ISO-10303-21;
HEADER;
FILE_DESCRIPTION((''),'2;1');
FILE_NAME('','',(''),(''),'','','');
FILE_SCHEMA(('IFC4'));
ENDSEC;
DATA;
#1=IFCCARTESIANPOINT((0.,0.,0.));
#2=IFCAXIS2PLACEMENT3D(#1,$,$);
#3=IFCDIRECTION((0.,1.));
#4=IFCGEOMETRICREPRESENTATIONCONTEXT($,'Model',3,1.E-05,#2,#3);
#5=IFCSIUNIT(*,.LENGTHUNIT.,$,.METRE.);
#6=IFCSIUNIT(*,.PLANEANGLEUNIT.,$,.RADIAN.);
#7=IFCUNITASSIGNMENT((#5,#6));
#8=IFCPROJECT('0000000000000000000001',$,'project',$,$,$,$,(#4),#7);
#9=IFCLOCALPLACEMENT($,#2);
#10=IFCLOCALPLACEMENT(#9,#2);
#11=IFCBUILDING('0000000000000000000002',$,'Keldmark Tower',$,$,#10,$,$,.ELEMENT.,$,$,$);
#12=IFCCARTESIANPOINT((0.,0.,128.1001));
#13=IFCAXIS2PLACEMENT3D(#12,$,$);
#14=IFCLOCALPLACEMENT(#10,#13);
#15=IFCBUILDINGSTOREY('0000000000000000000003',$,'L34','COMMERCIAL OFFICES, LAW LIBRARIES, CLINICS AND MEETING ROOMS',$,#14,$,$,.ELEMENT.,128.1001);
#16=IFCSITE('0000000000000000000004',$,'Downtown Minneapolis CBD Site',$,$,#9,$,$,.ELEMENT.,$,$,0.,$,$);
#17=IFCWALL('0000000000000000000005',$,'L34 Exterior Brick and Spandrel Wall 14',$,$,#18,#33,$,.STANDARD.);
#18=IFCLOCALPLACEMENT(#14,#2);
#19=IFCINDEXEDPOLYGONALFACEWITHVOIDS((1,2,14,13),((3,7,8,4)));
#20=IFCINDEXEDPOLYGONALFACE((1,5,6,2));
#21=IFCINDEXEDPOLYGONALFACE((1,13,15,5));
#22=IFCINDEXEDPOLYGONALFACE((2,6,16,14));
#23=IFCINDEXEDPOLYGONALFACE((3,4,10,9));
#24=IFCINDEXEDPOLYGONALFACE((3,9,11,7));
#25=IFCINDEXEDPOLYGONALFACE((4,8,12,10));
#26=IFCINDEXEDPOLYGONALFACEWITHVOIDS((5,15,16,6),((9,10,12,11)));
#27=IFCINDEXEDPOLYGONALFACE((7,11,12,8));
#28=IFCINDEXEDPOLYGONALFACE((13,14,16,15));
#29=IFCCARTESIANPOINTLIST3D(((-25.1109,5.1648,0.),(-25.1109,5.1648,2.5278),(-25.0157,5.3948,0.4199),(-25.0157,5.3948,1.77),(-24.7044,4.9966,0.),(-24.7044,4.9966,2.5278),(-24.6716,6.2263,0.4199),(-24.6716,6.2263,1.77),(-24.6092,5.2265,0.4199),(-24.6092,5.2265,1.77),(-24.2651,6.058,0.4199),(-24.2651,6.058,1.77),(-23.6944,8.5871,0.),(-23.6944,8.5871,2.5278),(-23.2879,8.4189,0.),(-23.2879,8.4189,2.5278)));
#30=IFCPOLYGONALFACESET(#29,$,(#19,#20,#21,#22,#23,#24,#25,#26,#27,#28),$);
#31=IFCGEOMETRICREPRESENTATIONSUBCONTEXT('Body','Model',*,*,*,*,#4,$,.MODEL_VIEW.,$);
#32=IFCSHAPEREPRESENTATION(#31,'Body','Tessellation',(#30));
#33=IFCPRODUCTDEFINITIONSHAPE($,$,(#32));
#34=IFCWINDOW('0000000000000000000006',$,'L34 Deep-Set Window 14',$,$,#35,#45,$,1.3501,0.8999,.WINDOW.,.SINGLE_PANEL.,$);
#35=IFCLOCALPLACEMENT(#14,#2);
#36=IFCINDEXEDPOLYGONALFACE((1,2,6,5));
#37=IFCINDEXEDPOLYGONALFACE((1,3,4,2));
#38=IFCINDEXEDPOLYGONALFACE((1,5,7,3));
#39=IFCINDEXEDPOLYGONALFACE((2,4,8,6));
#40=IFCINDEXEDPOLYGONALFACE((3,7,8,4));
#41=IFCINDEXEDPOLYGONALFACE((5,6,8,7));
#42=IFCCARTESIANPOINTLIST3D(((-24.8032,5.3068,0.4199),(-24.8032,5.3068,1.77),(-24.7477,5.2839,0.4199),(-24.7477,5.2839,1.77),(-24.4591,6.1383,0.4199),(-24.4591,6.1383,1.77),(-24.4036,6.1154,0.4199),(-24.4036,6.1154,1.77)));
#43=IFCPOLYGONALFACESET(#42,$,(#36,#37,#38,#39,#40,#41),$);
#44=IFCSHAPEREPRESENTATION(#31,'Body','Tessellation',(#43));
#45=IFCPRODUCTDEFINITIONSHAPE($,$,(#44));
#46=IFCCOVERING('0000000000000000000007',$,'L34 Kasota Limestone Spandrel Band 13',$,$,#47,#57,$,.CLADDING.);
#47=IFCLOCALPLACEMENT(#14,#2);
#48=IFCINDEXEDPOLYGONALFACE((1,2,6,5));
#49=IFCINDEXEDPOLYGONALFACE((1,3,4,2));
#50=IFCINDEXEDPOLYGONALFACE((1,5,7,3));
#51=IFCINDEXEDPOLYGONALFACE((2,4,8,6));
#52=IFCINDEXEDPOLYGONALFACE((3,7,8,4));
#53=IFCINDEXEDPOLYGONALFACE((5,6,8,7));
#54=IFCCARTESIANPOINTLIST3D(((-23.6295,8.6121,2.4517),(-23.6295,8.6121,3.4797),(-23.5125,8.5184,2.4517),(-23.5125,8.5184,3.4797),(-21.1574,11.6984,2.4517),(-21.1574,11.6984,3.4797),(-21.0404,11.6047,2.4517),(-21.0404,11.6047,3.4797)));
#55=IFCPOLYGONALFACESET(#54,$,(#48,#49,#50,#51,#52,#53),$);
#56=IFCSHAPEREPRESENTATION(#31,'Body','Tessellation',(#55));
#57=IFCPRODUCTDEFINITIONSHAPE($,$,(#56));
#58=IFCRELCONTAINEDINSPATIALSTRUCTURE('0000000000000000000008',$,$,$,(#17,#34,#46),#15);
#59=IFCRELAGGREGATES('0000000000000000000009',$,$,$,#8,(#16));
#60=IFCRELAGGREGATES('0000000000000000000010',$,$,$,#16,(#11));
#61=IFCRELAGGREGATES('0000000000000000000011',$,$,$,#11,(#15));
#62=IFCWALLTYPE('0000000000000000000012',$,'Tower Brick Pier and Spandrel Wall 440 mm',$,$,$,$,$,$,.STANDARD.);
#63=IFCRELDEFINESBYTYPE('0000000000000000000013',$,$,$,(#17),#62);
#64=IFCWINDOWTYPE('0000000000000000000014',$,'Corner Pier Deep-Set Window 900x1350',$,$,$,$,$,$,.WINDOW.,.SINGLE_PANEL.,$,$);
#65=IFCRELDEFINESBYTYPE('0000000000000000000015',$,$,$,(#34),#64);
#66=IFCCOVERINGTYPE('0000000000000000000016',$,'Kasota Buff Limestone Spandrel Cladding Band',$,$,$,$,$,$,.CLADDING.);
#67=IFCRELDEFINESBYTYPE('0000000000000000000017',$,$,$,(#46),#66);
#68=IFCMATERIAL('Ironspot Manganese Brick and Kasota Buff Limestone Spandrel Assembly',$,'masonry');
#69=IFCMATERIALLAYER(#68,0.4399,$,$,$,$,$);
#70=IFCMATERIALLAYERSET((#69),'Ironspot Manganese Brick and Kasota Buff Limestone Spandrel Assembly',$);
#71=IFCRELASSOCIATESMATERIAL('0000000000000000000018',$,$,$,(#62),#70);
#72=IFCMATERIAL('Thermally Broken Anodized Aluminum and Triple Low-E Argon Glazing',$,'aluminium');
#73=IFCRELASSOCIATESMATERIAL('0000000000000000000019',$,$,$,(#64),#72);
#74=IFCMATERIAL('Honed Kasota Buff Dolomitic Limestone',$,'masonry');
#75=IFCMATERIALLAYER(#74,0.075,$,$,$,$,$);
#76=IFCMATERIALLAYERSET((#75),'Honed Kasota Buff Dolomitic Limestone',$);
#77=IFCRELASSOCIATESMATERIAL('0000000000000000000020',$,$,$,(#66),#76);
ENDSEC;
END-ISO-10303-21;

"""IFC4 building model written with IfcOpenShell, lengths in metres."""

from ifc_helpers import new_model, si_unit, direction, frame, frame_2d, origin, origin_2d, place, context, subcontext, project, spatial, rectangle, extrude, material, layer, layer_set, type_object, element, fill, save


model = new_model("IFC4")

# Units and contexts
model_context = context("Model", 3, precision=1e-05, world=origin(), true_north=direction((0.0, 1.0)))
body_context = subcontext(model_context, "Body", "Model", "MODEL_VIEW")
ifc_project = project(units=[si_unit("LENGTHUNIT", "METRE"), si_unit("PLANEANGLEUNIT", "RADIAN")], contexts=[model_context])

# Site, building, storey
site_placement = place(None, origin())
site = spatial("IfcSite", under=ifc_project, at=site_placement, Name="Downtown Minneapolis CBD Site", CompositionType="ELEMENT", RefElevation=0.0)
building_placement = place(site_placement, origin())
building = spatial("IfcBuilding", under=site, at=building_placement, Name="Keldmark Tower", CompositionType="ELEMENT")
storey_placement = place(building_placement, frame((0.0, 0.0, 128.1001)))
storey = spatial("IfcBuildingStorey", under=building, at=storey_placement, Name="L34", Description="COMMERCIAL OFFICES, LAW LIBRARIES, CLINICS AND MEETING ROOMS", CompositionType="ELEMENT", Elevation=128.1001)

# Wall, opening, window
ifc_material_1 = material(Name="Ironspot Manganese Brick and Kasota Buff Limestone Spandrel Assembly", Category="masonry")
ifc_layer_1 = layer(ifc_material_1, 0.4399)
ifc_layer_set_1 = layer_set([ifc_layer_1], Name="Ironspot Manganese Brick and Kasota Buff Limestone Spandrel Assembly")
wall_type_1 = type_object("IfcWallType", Name="Tower Brick Pier and Spandrel Wall 440 mm", PredefinedType="STANDARD", material=ifc_layer_set_1)
ifc_material_2 = material(Name="Thermally Broken Anodized Aluminum and Triple Low-E Argon Glazing", Category="aluminium")
window_type = type_object("IfcWindowType", Name="Corner Pier Deep-Set Window 900x1350", PartitioningType="SINGLE_PANEL", PredefinedType="WINDOW", material=ifc_material_2)
wall_1_placement = place(storey_placement, frame((-24.9077, 5.0806, 0.0), z_axis=(0.0, 0.0, 1.0), x_axis=(0.382433, 0.923983, 0.0)))
wall_1 = element("IfcWall", 1, at=wall_1_placement, inside=storey, type_object=wall_type_1, Name="L34 Exterior Brick and Spandrel Wall 14", PredefinedType="STANDARD", context=body_context, shape_type="SweptSolid", body=[
    extrude(rectangle(XDim=3.7039, YDim=0.4399, at=frame_2d((1.8521, 0.0))), origin(), (0.0, 0.0, 1.0), 2.5278),
])
opening_1_placement = place(wall_1_placement, frame((0.249, 0.0, 0.4199)))
opening_1 = element("IfcOpeningElement", 2, at=opening_1_placement, cuts=wall_1, PredefinedType="OPENING", context=body_context, shape_type="SweptSolid", body=[
    extrude(rectangle(XDim=0.8999, YDim=1.3501, at=frame_2d((0.45, 0.675))), frame((0.0, 0.23, 0.0), z_axis=(0.0, -1.0, 0.0), x_axis=(1.0, 0.0, 0.0)), (0.0, 0.0, 1.0), 0.46),
])
window_1_placement = place(opening_1_placement, origin())
window_1 = element("IfcWindow", 3, at=window_1_placement, inside=storey, type_object=window_type, Name="L34 Deep-Set Window 14", OverallHeight=1.3501, OverallWidth=0.8999, PartitioningType="SINGLE_PANEL", PredefinedType="WINDOW", context=body_context, shape_type="SweptSolid", body=[
    extrude(rectangle(XDim=0.8999, YDim=1.3501, at=frame_2d((0.45, 0.675))), frame((0.0, -0.01, 0.0), z_axis=(0.0, -1.0, 0.0), x_axis=(1.0, 0.0, 0.0)), (0.0, 0.0, 1.0), 0.0601),
])
fill(opening_1, window_1)

# Covering
ifc_material_3 = material(Name="Honed Kasota Buff Dolomitic Limestone", Category="masonry")
ifc_layer_2 = layer(ifc_material_3, 0.075)
ifc_layer_set_2 = layer_set([ifc_layer_2], Name="Honed Kasota Buff Dolomitic Limestone")
covering_type = type_object("IfcCoveringType", Name="Kasota Buff Limestone Spandrel Cladding Band", PredefinedType="CLADDING", material=ifc_layer_set_2)
covering_placement = place(storey_placement, frame((-22.335, 10.1084, 2.4517), z_axis=(0.0, 0.0, 1.0), x_axis=(-0.625161, -0.780496, 0.0)))
element("IfcCovering", 4, at=covering_placement, inside=storey, type_object=covering_type, Name="L34 Kasota Limestone Spandrel Band 13", PredefinedType="CLADDING", context=body_context, shape_type="SweptSolid", body=[
    extrude(rectangle(XDim=3.9543, YDim=0.1499, at=origin_2d()), origin(), (0.0, 0.0, 1.0), 1.0281),
])

save(model, "model.ifc")
